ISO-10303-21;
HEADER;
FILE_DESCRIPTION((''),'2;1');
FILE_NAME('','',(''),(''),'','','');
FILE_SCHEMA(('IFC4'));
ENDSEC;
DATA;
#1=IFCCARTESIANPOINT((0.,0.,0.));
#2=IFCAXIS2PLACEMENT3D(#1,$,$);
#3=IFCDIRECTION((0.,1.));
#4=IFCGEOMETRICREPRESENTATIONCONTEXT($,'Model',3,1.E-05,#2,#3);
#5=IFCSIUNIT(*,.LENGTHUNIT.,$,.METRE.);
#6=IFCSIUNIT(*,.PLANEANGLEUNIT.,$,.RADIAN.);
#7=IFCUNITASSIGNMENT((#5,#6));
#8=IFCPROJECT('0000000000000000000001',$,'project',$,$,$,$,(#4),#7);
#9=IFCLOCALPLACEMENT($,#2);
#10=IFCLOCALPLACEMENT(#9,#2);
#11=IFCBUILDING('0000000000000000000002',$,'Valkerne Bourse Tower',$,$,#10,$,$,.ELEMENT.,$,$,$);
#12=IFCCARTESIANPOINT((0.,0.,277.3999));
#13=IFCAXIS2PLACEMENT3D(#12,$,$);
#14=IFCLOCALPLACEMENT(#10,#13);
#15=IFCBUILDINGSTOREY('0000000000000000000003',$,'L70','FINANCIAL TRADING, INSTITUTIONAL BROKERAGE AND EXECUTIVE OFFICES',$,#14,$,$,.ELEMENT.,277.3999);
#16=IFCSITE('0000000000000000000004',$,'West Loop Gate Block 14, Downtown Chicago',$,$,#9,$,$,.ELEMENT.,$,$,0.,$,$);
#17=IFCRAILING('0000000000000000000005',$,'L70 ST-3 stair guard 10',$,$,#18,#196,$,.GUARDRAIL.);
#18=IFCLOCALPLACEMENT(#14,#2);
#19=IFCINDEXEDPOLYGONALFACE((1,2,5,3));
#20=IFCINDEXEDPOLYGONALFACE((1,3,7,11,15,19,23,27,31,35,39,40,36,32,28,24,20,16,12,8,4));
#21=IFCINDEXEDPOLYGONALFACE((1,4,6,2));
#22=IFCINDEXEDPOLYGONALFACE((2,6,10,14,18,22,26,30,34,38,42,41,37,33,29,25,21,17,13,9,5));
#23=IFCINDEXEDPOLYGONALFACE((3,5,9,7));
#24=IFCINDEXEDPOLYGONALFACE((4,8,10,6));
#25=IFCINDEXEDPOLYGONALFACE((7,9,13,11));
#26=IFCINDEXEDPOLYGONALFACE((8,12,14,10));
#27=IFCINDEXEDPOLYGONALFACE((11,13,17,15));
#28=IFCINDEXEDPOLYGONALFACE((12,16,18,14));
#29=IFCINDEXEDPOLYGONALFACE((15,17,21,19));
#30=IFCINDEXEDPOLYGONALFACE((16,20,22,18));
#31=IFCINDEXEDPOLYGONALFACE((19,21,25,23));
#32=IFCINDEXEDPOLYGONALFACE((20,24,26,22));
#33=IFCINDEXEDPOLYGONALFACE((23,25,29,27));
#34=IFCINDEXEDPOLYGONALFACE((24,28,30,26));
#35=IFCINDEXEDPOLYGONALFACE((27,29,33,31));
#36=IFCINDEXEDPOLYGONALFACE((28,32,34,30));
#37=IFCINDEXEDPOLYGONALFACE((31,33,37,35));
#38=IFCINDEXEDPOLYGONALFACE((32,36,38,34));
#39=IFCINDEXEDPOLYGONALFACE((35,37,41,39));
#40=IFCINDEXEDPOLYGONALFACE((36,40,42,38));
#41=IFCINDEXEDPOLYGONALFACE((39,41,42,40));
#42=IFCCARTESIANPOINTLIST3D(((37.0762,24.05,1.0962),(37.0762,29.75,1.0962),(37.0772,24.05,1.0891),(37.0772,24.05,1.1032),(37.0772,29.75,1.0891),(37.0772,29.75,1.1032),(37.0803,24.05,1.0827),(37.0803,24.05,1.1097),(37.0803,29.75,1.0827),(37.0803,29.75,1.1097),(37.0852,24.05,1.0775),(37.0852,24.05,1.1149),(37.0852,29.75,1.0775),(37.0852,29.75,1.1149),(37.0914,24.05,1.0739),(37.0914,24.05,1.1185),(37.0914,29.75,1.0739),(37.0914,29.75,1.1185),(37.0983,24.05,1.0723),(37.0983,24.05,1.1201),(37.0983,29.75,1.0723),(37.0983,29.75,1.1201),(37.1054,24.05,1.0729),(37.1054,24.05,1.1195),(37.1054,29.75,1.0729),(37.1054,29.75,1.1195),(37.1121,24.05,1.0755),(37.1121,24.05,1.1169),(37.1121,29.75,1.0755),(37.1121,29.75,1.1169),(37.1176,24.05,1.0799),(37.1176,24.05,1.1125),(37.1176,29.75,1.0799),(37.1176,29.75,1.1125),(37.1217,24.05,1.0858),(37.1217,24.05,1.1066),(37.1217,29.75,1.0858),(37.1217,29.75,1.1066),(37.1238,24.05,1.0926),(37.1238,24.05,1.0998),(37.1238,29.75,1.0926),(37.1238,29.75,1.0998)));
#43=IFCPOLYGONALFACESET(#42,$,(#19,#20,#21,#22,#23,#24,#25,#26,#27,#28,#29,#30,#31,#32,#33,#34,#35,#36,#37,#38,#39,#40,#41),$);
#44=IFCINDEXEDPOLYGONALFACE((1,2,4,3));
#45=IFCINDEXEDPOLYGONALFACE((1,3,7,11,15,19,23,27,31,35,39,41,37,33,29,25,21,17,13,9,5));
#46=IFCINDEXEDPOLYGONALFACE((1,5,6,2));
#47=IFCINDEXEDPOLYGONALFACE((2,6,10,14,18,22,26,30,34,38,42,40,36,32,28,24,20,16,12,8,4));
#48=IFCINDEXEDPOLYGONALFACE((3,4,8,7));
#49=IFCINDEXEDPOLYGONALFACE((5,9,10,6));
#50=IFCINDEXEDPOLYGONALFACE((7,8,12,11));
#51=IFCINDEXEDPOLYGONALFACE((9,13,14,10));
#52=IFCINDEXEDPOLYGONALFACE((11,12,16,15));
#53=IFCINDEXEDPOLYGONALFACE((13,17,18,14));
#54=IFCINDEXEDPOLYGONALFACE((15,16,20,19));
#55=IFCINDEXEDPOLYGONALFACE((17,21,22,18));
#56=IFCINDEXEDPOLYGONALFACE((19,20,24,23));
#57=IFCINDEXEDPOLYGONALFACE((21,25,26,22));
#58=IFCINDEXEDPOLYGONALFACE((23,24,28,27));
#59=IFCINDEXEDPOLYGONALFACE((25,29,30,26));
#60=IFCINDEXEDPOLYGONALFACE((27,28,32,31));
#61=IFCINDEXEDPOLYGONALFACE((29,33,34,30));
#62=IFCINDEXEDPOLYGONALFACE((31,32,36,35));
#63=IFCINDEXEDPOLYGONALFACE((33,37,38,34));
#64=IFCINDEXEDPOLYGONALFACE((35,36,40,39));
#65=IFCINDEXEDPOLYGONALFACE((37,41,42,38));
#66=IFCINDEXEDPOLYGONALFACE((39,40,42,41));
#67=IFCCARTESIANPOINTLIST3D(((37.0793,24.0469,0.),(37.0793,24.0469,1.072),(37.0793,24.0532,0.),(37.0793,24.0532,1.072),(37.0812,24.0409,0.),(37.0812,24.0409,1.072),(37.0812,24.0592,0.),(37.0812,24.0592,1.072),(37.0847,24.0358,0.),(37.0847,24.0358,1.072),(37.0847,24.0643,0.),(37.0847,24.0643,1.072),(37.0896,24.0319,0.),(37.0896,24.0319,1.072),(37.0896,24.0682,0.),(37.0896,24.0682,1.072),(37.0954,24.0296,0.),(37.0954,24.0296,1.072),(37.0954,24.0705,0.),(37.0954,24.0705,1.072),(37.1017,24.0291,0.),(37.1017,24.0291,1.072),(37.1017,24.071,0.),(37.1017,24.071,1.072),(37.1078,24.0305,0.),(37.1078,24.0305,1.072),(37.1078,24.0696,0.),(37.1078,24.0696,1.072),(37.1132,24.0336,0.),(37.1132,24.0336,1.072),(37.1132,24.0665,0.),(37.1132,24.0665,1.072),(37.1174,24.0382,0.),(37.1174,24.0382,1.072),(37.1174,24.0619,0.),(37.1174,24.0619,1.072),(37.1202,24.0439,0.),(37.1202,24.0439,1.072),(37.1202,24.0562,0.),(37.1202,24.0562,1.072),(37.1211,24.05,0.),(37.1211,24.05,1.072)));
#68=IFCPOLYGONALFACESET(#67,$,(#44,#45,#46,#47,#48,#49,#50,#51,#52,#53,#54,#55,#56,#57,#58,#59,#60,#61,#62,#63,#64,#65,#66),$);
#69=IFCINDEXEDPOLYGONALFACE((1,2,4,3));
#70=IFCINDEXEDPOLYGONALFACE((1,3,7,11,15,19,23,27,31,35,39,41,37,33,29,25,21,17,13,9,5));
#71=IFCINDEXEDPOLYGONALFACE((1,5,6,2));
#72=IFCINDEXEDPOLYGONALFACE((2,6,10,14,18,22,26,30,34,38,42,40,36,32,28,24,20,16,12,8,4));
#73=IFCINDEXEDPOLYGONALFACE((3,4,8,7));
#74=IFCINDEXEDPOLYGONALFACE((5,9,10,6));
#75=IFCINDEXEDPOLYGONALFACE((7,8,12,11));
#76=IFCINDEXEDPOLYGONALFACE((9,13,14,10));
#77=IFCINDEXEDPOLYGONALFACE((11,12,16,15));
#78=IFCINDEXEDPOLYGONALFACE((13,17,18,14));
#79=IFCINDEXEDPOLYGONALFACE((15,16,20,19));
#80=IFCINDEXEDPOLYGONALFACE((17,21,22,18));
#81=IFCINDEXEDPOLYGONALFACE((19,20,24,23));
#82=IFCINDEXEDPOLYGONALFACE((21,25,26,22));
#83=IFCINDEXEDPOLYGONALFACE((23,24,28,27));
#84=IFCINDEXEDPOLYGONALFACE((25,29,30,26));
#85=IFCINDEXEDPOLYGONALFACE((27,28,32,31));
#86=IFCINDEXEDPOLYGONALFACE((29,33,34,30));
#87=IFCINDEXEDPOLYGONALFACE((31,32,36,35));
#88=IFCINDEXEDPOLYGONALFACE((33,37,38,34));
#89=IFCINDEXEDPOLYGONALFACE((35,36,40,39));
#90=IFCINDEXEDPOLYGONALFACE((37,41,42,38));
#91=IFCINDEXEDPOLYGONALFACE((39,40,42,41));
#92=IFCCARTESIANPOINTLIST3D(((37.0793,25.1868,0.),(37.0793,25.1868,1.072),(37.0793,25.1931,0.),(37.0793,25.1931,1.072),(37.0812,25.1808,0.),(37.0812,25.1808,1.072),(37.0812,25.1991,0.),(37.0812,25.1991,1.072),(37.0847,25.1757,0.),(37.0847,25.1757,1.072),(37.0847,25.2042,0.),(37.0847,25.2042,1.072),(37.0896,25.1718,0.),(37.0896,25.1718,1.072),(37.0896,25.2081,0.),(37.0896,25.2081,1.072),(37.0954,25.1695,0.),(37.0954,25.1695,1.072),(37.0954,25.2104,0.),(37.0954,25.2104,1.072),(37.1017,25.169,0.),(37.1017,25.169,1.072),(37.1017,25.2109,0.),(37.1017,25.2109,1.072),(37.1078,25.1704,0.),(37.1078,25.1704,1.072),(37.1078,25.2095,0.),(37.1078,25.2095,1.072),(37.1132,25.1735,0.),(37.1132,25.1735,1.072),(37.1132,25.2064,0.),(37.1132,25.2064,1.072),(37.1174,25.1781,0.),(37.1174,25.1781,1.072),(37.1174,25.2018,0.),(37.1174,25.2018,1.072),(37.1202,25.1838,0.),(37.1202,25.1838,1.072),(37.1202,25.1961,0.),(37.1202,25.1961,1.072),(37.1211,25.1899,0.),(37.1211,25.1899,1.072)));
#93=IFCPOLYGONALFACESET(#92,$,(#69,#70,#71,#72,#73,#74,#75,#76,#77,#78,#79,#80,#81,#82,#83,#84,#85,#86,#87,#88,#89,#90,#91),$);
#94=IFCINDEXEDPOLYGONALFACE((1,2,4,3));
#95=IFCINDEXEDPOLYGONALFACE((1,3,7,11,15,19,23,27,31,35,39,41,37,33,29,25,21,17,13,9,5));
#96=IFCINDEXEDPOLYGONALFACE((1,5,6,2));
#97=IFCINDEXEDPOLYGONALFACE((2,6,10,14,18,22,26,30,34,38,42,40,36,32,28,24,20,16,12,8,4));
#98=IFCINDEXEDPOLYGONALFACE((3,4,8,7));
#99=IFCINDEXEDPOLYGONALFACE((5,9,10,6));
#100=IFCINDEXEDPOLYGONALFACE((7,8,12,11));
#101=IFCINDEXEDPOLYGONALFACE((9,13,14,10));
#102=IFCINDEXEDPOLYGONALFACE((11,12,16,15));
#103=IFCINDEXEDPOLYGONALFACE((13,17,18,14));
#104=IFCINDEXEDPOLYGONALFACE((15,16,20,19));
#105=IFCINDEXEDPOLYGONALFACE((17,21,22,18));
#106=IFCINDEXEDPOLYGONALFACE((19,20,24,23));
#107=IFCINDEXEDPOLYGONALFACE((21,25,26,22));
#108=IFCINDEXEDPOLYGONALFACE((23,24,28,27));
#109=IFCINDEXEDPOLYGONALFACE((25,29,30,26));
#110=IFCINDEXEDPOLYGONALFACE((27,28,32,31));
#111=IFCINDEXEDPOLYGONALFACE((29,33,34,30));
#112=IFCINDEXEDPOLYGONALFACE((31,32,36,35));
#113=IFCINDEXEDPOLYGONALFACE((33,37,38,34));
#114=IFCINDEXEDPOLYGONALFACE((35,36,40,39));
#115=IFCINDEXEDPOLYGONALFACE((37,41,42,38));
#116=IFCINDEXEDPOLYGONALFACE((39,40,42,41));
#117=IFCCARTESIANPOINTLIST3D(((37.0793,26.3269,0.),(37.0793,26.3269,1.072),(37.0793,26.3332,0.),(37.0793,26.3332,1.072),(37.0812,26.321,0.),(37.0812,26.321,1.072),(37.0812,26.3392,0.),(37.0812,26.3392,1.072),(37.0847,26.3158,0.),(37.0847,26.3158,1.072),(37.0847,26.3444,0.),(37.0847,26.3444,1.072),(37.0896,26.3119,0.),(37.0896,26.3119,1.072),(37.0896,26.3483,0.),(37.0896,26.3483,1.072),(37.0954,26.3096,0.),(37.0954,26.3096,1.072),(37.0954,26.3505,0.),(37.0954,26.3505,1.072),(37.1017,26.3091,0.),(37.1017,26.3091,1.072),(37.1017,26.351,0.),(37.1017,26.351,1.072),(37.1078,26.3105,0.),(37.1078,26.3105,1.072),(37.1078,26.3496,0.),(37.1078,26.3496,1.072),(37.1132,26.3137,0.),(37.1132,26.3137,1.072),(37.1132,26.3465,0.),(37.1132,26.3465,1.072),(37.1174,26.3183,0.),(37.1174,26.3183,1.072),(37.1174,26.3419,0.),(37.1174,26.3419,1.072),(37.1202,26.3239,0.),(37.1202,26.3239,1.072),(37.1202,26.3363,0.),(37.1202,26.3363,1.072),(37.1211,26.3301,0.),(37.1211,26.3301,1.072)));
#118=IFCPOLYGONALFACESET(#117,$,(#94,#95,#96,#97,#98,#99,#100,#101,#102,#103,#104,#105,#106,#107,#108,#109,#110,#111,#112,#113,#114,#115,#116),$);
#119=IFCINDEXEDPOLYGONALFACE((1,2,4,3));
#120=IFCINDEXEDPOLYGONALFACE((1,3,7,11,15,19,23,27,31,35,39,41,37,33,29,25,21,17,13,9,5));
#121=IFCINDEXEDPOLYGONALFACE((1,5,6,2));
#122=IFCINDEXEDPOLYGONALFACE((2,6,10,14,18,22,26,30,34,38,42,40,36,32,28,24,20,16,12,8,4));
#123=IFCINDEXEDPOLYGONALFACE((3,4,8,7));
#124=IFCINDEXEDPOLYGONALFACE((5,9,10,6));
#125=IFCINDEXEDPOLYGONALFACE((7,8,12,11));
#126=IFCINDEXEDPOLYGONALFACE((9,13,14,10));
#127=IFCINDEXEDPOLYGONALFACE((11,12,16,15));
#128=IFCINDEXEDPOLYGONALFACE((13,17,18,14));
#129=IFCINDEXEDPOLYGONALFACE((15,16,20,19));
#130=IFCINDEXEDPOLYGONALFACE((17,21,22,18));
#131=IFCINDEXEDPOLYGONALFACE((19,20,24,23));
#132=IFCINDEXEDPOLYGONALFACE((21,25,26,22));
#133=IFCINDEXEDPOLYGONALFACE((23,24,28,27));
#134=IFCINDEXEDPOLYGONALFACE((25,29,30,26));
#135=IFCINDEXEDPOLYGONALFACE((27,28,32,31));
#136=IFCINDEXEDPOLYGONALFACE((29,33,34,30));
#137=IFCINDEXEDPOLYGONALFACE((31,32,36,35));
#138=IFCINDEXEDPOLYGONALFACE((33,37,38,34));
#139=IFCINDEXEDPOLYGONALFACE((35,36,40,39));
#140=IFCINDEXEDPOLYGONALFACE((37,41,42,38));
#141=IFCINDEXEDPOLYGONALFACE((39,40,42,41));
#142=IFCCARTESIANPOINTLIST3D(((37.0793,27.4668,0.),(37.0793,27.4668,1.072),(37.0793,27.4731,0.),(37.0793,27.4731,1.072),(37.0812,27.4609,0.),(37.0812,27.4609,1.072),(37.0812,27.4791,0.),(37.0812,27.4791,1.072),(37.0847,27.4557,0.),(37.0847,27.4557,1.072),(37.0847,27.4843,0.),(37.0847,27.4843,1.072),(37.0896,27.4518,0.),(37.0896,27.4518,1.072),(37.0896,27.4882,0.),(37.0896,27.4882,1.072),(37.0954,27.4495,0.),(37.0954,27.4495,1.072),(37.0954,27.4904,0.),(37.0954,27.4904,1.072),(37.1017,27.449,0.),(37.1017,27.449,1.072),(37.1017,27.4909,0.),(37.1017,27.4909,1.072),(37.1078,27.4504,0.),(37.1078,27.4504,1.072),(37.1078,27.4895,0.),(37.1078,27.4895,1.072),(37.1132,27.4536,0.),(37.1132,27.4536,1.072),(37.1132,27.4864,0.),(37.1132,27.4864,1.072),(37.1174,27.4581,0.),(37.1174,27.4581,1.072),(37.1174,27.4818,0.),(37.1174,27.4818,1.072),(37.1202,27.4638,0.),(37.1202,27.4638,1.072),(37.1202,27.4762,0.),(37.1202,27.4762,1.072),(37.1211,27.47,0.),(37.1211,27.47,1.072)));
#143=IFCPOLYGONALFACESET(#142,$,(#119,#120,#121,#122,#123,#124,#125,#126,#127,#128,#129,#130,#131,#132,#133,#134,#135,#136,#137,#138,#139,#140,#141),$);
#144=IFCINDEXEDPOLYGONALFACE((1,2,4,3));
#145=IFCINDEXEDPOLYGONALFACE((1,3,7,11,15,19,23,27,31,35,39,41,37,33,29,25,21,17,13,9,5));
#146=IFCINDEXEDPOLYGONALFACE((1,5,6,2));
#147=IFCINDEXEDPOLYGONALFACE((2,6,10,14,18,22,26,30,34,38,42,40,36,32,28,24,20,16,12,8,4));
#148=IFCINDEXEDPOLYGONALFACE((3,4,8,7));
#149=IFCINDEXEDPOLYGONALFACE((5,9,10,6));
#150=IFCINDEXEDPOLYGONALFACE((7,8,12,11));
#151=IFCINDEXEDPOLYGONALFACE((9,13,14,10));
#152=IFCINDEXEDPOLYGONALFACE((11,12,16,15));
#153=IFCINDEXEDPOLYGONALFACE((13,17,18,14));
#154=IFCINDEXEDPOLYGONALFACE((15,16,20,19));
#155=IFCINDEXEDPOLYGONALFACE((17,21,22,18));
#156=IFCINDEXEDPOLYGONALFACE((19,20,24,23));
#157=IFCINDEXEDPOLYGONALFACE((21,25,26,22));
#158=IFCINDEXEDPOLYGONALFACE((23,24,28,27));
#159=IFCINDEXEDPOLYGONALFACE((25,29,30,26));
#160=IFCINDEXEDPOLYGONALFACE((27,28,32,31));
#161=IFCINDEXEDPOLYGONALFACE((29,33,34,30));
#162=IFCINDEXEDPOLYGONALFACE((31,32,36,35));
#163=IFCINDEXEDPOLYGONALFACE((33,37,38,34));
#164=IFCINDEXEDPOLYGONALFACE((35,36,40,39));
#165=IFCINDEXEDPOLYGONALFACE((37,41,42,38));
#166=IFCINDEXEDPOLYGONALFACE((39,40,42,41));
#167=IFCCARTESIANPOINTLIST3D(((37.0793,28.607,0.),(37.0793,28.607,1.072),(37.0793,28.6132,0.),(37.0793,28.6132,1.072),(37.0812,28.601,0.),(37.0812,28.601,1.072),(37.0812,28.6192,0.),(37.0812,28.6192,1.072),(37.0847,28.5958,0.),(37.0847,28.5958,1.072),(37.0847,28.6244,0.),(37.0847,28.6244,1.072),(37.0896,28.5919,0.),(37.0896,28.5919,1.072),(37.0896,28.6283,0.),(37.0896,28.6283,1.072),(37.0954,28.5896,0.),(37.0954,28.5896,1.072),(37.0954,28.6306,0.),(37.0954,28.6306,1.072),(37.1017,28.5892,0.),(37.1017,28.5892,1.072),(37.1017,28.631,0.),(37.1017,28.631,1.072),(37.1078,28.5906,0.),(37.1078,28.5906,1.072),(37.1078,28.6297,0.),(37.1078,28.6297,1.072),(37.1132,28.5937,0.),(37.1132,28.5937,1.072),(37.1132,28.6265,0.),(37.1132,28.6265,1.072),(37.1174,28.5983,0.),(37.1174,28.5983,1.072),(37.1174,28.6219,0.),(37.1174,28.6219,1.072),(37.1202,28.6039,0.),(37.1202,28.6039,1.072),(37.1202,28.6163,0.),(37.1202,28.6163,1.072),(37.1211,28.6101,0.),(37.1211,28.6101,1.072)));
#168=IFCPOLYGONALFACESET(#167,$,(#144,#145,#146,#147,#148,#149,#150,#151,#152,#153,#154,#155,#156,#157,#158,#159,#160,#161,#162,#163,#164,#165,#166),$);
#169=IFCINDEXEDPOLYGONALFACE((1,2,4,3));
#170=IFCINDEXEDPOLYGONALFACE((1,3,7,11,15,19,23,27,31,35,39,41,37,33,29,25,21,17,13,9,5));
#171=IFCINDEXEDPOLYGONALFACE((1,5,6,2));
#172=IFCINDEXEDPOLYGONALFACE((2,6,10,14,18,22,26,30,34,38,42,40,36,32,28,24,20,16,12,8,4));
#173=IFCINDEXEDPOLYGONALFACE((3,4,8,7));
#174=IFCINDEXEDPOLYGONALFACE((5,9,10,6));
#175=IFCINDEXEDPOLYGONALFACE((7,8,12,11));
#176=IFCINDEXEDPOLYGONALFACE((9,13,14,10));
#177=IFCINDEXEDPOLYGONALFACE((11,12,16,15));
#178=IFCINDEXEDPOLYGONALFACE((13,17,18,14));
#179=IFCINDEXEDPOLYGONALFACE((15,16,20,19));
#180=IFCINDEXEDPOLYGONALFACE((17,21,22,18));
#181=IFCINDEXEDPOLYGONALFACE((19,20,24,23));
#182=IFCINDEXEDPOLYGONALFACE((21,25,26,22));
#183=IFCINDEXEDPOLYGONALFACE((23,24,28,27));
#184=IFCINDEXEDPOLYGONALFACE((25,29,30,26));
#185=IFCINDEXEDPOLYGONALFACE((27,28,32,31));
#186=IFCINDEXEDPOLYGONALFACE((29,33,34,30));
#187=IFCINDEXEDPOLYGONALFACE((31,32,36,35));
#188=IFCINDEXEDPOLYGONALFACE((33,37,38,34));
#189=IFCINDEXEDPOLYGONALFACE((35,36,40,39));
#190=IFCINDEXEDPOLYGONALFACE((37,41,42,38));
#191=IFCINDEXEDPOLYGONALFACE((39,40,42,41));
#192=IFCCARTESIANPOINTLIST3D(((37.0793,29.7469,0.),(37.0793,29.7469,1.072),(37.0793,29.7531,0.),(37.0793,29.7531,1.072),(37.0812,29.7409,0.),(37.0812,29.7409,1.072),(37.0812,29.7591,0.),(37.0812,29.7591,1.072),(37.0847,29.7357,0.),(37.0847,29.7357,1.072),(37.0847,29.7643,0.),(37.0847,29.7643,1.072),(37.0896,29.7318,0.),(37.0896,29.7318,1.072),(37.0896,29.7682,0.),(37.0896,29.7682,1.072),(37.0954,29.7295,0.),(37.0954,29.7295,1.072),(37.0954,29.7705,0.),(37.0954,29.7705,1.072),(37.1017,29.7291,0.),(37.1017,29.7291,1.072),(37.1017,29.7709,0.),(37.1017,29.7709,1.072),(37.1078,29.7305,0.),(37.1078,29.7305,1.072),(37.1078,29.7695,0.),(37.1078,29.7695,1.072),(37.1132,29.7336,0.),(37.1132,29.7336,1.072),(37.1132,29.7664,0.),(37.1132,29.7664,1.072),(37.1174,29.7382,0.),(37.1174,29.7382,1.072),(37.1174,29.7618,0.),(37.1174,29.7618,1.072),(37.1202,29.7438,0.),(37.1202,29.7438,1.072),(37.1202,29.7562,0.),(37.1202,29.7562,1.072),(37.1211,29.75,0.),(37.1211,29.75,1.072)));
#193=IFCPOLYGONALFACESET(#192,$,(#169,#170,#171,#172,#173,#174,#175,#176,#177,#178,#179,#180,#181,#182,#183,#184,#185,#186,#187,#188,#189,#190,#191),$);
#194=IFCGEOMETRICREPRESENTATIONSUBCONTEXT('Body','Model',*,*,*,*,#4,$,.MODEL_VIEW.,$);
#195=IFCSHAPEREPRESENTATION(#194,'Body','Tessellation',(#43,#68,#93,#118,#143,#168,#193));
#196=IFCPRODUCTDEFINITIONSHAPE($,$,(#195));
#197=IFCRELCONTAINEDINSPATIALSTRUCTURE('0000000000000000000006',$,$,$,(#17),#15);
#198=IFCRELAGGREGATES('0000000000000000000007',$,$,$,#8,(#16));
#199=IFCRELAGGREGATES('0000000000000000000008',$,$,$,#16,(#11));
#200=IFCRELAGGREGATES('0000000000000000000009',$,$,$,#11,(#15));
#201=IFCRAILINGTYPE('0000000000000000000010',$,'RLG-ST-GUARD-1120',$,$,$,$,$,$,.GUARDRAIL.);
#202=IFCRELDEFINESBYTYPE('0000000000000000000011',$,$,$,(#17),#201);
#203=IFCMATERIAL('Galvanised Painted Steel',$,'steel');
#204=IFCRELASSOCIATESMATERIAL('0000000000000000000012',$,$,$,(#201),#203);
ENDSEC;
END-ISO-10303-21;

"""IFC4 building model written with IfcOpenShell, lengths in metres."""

from ifc_helpers import new_model, si_unit, direction, frame, origin, origin_2d, place, context, subcontext, project, spatial, circle, extrude, material, type_object, element, save


model = new_model("IFC4")

# Units and contexts
model_context = context("Model", 3, precision=1e-05, world=origin(), true_north=direction((0.0, 1.0)))
body_context = subcontext(model_context, "Body", "Model", "MODEL_VIEW")
ifc_project = project(units=[si_unit("LENGTHUNIT", "METRE"), si_unit("PLANEANGLEUNIT", "RADIAN")], contexts=[model_context])

# Site, building, storey
site_placement = place(None, origin())
site = spatial("IfcSite", under=ifc_project, at=site_placement, Name="West Loop Gate Block 14, Downtown Chicago", CompositionType="ELEMENT", RefElevation=0.0)
building_placement = place(site_placement, origin())
building = spatial("IfcBuilding", under=site, at=building_placement, Name="Valkerne Bourse Tower", CompositionType="ELEMENT")
storey_placement = place(building_placement, frame((0.0, 0.0, 277.3999)))
storey = spatial("IfcBuildingStorey", under=building, at=storey_placement, Name="L70", Description="FINANCIAL TRADING, INSTITUTIONAL BROKERAGE AND EXECUTIVE OFFICES", CompositionType="ELEMENT", Elevation=277.3999)

# Railing
ifc_material_1 = material(Name="Galvanised Painted Steel", Category="steel")
railing_type_1 = type_object("IfcRailingType", Name="RLG-ST-GUARD-1120", PredefinedType="GUARDRAIL", material=ifc_material_1)
railing_1_placement = place(storey_placement, frame((37.1001, 24.05, 0.0)))
element("IfcRailing", 1, at=railing_1_placement, inside=storey, type_object=railing_type_1, Name="L70 ST-3 stair guard 10", PredefinedType="GUARDRAIL", context=body_context, shape_type="SweptSolid", body=[
    extrude(circle(Radius=0.0239, at=origin_2d()), frame((0.0, 0.0, 1.0962), z_axis=(0.0, 1.0, 0.0), x_axis=(-1.0, 0.0, 0.0)), (0.0, 0.0, 1.0), 5.7),
    extrude(circle(Radius=0.021, at=origin_2d()), origin(), (0.0, 0.0, 1.0), 1.072),
    extrude(circle(Radius=0.021, at=origin_2d()), frame((0.0, 1.1399, 0.0)), (0.0, 0.0, 1.0), 1.072),
    extrude(circle(Radius=0.021, at=origin_2d()), frame((0.0, 2.28, 0.0)), (0.0, 0.0, 1.0), 1.072),
    extrude(circle(Radius=0.021, at=origin_2d()), frame((0.0, 3.4199, 0.0)), (0.0, 0.0, 1.0), 1.072),
    extrude(circle(Radius=0.021, at=origin_2d()), frame((0.0, 4.5601, 0.0)), (0.0, 0.0, 1.0), 1.072),
    extrude(circle(Radius=0.021, at=origin_2d()), frame((0.0, 5.7, 0.0)), (0.0, 0.0, 1.0), 1.072),
])

save(model, "model.ifc")
